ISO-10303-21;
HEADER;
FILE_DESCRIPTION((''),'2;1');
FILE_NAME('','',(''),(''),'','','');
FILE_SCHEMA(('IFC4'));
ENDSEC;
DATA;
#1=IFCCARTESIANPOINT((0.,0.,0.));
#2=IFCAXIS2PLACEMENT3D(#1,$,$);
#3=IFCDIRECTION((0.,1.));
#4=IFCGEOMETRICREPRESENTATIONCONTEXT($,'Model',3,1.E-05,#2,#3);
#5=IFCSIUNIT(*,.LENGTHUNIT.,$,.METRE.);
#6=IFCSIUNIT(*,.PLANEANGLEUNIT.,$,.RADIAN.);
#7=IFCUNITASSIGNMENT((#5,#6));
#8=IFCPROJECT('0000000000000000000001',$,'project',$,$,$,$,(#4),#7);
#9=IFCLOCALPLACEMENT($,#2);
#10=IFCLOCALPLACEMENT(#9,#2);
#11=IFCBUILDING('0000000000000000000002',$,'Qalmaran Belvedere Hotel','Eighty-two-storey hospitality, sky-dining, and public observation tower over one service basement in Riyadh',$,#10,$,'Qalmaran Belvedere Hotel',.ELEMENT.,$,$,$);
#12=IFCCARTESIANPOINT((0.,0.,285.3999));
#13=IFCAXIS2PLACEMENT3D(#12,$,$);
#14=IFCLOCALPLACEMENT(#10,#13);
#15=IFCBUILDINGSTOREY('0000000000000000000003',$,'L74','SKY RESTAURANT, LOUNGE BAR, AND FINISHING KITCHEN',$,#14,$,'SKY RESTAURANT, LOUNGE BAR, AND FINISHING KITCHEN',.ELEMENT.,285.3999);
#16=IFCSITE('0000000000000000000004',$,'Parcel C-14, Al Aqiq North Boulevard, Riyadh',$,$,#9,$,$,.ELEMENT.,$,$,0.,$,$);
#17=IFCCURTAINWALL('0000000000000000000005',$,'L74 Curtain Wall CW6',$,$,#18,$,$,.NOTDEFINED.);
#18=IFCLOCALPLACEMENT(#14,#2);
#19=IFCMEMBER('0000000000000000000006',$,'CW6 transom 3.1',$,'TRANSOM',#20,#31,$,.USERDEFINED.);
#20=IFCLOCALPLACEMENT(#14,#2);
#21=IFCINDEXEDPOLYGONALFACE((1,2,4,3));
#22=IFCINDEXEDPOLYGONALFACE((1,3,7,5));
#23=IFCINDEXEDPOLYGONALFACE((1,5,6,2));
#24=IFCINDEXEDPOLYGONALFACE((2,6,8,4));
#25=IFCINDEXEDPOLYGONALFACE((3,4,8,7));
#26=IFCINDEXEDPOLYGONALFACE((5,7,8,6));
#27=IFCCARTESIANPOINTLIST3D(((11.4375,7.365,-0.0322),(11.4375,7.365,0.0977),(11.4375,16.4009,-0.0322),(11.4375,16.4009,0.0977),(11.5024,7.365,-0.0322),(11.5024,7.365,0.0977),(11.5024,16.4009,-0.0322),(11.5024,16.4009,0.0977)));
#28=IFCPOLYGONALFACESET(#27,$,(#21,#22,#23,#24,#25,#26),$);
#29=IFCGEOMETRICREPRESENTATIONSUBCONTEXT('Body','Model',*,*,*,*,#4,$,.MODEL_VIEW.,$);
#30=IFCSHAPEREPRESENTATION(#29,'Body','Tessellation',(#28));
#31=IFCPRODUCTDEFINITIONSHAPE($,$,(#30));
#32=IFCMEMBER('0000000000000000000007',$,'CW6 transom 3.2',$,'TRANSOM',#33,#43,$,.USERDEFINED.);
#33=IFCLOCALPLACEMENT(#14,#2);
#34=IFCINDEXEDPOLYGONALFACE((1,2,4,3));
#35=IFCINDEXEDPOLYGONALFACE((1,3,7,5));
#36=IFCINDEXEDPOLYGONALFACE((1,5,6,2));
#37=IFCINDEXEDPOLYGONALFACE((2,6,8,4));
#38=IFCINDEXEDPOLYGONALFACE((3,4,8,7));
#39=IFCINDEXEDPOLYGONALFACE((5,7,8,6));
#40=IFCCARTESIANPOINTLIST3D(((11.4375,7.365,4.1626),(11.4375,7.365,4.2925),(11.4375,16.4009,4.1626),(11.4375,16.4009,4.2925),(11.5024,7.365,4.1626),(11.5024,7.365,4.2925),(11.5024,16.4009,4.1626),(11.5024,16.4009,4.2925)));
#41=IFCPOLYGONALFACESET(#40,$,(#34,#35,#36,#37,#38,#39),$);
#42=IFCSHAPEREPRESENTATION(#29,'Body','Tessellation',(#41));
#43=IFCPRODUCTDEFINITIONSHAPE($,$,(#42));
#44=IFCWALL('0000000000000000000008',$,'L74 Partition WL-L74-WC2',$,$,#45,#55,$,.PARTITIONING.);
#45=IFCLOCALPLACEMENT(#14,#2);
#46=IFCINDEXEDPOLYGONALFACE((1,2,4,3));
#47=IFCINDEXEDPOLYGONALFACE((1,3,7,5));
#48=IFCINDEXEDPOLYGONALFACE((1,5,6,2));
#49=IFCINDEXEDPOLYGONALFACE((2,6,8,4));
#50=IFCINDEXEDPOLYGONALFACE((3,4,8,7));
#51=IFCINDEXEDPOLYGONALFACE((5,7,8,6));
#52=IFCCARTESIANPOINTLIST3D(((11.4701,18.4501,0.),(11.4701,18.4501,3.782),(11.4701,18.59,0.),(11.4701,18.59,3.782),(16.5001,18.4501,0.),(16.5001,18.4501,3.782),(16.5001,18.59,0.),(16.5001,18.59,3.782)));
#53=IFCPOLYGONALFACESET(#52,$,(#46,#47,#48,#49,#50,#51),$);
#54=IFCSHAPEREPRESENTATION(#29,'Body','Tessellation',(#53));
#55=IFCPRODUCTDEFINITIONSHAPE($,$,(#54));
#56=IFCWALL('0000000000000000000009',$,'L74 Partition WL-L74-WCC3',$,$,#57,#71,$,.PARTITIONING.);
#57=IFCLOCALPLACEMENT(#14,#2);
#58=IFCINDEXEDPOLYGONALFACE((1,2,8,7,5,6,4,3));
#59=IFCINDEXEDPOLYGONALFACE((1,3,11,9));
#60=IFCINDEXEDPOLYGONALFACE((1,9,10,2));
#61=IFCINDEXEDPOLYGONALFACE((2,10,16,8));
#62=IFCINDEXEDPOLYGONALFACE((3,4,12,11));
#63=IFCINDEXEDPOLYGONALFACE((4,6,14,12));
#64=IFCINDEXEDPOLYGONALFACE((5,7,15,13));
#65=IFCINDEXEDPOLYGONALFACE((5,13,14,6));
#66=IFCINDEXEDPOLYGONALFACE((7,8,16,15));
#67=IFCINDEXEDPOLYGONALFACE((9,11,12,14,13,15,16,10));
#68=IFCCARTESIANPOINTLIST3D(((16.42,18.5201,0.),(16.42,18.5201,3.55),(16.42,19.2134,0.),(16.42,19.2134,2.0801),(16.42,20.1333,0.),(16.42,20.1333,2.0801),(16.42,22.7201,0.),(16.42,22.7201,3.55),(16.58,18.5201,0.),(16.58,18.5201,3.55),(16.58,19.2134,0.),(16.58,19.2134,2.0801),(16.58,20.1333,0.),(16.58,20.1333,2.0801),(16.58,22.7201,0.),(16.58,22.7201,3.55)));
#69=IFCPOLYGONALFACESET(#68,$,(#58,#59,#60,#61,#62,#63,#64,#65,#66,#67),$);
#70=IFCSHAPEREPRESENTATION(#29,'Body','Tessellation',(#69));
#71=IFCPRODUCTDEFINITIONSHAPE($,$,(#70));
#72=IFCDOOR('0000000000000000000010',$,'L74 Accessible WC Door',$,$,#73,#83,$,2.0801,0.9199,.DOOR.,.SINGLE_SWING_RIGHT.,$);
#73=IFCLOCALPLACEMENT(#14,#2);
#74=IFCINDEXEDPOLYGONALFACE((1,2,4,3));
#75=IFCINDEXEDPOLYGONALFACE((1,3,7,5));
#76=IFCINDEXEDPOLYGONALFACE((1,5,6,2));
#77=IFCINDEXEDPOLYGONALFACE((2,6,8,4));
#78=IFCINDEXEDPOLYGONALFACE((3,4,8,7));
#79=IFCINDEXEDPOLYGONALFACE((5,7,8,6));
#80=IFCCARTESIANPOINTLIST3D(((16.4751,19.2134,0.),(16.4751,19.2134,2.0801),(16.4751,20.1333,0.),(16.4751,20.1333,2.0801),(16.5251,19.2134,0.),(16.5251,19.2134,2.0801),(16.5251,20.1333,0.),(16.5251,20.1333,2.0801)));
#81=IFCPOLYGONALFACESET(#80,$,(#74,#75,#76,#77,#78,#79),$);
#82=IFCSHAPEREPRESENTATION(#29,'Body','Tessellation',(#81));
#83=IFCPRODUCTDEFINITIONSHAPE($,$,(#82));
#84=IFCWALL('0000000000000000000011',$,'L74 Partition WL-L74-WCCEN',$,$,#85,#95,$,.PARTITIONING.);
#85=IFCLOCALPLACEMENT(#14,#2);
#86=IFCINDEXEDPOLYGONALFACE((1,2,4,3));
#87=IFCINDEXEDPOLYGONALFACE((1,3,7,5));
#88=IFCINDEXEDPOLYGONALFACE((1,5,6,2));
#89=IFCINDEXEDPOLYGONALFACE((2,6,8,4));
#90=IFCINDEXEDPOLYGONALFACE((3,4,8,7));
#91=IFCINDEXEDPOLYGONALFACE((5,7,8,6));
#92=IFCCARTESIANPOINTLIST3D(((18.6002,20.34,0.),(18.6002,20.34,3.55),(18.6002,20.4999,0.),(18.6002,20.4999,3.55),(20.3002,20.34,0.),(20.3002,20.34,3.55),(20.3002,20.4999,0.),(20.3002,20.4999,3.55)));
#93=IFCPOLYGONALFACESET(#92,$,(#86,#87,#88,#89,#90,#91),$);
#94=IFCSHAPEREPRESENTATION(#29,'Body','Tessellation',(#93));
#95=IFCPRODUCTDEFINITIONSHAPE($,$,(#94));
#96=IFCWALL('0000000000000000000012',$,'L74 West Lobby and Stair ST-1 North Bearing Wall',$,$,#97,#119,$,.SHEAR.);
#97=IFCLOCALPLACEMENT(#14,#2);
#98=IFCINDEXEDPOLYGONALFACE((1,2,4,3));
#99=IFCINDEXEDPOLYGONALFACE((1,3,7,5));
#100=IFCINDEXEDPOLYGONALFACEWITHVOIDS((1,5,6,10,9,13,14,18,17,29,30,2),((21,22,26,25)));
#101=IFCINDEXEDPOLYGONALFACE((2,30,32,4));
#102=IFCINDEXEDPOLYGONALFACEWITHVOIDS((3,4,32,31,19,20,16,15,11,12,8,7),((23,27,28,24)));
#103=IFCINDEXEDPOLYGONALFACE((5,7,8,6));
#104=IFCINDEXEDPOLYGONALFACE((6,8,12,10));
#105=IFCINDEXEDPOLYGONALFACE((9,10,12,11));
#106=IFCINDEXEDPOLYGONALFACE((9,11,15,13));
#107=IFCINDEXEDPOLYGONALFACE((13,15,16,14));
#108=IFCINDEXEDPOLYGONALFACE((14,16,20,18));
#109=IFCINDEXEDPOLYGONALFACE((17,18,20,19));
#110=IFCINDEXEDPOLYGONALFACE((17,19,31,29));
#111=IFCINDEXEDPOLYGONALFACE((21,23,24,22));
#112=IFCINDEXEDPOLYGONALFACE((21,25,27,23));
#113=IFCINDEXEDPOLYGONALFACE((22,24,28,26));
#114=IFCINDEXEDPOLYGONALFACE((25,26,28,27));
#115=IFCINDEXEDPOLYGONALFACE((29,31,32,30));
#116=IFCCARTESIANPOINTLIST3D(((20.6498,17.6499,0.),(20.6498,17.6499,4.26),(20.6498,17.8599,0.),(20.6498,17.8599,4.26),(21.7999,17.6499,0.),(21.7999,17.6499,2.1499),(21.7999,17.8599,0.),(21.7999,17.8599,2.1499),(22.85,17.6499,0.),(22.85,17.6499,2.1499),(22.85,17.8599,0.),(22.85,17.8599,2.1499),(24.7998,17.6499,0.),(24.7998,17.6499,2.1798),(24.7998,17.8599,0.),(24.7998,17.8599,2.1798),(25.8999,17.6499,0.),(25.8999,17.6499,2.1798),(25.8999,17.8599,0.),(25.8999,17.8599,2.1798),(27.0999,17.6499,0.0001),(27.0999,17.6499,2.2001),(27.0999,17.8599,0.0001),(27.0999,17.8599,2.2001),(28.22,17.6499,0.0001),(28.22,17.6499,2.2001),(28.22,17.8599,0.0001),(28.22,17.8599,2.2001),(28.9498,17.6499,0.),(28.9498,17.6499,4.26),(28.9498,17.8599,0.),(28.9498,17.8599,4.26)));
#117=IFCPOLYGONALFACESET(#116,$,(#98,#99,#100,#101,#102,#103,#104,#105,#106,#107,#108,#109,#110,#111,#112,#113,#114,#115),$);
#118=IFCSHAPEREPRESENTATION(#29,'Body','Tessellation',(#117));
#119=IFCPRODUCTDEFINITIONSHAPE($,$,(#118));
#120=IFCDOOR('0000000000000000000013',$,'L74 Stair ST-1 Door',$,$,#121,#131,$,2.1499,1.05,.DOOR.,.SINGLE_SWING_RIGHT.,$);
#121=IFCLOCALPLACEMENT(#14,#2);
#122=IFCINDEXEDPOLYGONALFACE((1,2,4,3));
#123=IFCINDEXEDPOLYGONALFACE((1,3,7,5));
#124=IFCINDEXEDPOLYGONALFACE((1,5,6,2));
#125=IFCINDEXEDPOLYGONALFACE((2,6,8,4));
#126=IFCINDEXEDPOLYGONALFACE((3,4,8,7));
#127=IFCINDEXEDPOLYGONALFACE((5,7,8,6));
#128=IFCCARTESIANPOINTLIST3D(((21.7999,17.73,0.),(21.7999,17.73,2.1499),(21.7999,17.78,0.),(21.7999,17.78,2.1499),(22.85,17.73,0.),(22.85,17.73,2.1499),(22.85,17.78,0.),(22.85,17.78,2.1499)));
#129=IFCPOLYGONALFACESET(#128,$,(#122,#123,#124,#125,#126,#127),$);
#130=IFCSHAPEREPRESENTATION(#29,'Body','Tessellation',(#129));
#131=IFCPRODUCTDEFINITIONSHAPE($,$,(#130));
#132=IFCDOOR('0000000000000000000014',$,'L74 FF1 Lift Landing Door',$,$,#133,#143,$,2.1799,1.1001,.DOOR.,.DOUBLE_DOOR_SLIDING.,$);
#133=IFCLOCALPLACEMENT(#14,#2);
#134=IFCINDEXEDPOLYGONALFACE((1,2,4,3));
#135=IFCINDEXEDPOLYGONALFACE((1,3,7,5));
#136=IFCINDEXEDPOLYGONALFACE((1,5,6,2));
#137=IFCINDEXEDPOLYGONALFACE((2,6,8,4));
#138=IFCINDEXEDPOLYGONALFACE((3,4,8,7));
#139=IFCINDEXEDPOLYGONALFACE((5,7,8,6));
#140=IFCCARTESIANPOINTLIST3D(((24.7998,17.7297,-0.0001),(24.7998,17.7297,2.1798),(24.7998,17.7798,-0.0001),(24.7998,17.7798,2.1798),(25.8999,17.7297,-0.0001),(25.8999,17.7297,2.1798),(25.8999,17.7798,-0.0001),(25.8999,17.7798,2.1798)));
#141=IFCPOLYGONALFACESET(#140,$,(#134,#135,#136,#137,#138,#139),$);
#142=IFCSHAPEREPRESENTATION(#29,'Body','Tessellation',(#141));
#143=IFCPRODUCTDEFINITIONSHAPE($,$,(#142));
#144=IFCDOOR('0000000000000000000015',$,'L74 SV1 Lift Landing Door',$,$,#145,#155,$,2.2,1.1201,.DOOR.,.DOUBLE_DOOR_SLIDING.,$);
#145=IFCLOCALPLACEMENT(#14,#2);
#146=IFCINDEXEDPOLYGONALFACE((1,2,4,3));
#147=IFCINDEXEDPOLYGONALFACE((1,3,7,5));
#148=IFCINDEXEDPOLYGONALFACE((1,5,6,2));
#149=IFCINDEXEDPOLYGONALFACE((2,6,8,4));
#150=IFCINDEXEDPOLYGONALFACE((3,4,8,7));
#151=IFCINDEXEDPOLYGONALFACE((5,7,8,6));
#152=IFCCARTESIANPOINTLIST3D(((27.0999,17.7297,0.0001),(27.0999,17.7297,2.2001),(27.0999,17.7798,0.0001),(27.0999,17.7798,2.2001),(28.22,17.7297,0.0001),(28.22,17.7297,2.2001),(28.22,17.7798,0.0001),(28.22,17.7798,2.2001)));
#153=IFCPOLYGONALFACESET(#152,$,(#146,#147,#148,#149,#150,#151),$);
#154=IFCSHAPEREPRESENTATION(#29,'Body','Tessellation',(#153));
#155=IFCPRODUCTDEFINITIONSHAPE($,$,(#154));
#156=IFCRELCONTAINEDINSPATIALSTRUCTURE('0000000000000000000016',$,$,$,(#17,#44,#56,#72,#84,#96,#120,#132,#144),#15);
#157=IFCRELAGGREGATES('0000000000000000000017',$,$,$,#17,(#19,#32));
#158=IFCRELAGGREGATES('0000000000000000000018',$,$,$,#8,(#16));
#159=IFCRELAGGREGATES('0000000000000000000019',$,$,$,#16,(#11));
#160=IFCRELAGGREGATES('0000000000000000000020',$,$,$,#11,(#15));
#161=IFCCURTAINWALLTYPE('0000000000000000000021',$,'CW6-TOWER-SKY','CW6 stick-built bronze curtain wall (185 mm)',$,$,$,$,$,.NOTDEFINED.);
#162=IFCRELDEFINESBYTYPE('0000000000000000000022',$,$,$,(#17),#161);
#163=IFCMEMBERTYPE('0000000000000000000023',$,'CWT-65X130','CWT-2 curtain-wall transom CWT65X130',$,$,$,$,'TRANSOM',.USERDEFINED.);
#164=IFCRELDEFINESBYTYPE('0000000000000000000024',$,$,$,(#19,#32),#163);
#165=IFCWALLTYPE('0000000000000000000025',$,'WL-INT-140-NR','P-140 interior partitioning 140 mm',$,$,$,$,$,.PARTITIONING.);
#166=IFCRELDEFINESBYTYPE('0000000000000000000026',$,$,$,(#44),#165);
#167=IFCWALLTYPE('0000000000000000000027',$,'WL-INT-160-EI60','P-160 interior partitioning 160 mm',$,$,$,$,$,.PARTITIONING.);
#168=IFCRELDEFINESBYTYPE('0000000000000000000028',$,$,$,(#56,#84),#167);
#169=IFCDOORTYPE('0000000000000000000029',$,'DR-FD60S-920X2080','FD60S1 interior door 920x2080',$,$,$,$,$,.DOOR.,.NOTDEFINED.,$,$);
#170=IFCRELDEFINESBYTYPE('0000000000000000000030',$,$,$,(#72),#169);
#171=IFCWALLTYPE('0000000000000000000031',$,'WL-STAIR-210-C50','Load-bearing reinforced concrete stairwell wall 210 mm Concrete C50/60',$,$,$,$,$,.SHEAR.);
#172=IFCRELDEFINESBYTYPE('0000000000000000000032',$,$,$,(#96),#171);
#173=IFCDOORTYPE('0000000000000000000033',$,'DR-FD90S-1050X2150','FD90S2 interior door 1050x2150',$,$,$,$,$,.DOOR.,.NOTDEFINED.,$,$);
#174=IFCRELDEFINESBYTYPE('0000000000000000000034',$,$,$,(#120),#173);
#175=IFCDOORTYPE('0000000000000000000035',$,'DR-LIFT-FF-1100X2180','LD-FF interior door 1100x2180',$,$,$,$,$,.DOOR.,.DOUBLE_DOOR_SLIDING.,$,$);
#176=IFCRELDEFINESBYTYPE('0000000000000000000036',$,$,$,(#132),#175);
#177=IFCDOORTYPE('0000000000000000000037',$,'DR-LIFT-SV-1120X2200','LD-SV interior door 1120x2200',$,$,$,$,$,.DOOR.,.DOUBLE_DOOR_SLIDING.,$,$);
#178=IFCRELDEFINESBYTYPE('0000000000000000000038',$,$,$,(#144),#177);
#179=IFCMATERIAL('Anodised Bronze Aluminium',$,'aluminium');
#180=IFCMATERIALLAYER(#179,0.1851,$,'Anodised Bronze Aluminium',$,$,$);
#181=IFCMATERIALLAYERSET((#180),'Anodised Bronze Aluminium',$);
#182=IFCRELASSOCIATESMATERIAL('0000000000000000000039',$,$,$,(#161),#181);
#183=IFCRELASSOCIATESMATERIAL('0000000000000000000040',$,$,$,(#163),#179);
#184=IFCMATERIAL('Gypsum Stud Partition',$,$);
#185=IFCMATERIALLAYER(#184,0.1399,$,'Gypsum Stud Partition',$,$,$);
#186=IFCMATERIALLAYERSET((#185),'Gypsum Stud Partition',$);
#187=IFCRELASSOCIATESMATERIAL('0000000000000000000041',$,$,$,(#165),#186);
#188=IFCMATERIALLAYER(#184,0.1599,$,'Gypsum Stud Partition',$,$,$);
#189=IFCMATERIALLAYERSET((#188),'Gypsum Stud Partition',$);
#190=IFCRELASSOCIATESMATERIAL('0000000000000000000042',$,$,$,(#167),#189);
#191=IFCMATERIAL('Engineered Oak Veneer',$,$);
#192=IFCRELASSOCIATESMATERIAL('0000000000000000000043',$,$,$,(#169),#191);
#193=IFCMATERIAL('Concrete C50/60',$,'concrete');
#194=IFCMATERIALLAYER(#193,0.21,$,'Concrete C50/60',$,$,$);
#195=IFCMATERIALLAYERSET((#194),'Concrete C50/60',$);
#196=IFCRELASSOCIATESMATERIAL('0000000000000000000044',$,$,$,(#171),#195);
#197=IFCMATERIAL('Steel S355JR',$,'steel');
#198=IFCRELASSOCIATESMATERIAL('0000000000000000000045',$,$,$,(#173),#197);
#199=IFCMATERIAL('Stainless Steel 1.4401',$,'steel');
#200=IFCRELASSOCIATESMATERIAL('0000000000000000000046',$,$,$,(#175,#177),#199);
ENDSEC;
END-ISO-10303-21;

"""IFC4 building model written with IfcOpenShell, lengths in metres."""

from ifc_helpers import new_model, si_unit, direction, frame, frame_2d, origin, origin_2d, place, context, subcontext, project, spatial, rectangle, extrude, material, layer, layer_set, material_profile, profile_set, type_object, element, fill, aggregate, save


model = new_model("IFC4")

# Units and contexts
model_context = context("Model", 3, precision=1e-05, world=origin(), true_north=direction((0.0, 1.0)))
body_context = subcontext(model_context, "Body", "Model", "MODEL_VIEW")
ifc_project = project(units=[si_unit("LENGTHUNIT", "METRE"), si_unit("PLANEANGLEUNIT", "RADIAN")], contexts=[model_context])

# Site, building, storey
site_placement = place(None, origin())
site = spatial("IfcSite", under=ifc_project, at=site_placement, Name="Parcel C-14, Al Aqiq North Boulevard, Riyadh", CompositionType="ELEMENT", RefElevation=0.0)
building_placement = place(site_placement, origin())
building = spatial("IfcBuilding", under=site, at=building_placement, Name="Qalmaran Belvedere Hotel", Description="Eighty-two-storey hospitality, sky-dining, and public observation tower over one service basement in Riyadh", LongName="Qalmaran Belvedere Hotel", CompositionType="ELEMENT")
storey_placement = place(building_placement, frame((0.0, 0.0, 285.3999)))
storey = spatial("IfcBuildingStorey", under=building, at=storey_placement, Name="L74", Description="SKY RESTAURANT, LOUNGE BAR, AND FINISHING KITCHEN", LongName="SKY RESTAURANT, LOUNGE BAR, AND FINISHING KITCHEN", CompositionType="ELEMENT", Elevation=285.3999)

# Shared definitions
ifc_material_1 = material(Name="Concrete C50/60", Category="concrete")

# Shared definitions
ifc_material_2 = material(Name="Steel S355JR", Category="steel")

# Curtain wall, members
ifc_material_3 = material(Name="Anodised Bronze Aluminium", Category="aluminium")
ifc_layer_1 = layer(ifc_material_3, 0.1851, Name="Anodised Bronze Aluminium")
ifc_layer_set_1 = layer_set([ifc_layer_1], Name="Anodised Bronze Aluminium")
curtain_wall_type = type_object("IfcCurtainWallType", Name="CW6-TOWER-SKY", Description="CW6 stick-built bronze curtain wall (185 mm)", PredefinedType="NOTDEFINED", material=ifc_layer_set_1)
curtain_wall_placement = place(storey_placement, origin())
curtain_wall = element("IfcCurtainWall", 1, at=curtain_wall_placement, inside=storey, type_object=curtain_wall_type, Name="L74 Curtain Wall CW6", PredefinedType="NOTDEFINED")
ifc_material_profile_1 = material_profile(ifc_material_3, rectangle(XDim=0.0649, YDim=0.1299, at=origin_2d()), Name="CWT65X130")
ifc_profile_set_1 = profile_set([ifc_material_profile_1], Name="Anodised Bronze Aluminium")
member_type_1 = type_object("IfcMemberType", Name="CWT-65X130", Description="CWT-2 curtain-wall transom CWT65X130", ElementType="TRANSOM", PredefinedType="USERDEFINED", material=ifc_profile_set_1)
member_1_placement = place(storey_placement, frame((11.47, 16.4009, 0.0327), z_axis=(0.0, -1.0, 0.0), x_axis=(1.0, 0.0, 0.0)))
member_1 = element("IfcMember", 2, at=member_1_placement, type_object=member_type_1, Name="CW6 transom 3.1", ObjectType="TRANSOM", PredefinedType="USERDEFINED", context=body_context, shape_type="SweptSolid", body=[
    extrude(rectangle(XDim=0.0649, YDim=0.1299, at=origin_2d()), origin(), (0.0, 0.0, 1.0), 9.0359),
])
member_2_placement = place(storey_placement, frame((11.47, 16.4009, 4.2275), z_axis=(0.0, -1.0, 0.0), x_axis=(1.0, 0.0, 0.0)))
member_2 = element("IfcMember", 3, at=member_2_placement, type_object=member_type_1, Name="CW6 transom 3.2", ObjectType="TRANSOM", PredefinedType="USERDEFINED", context=body_context, shape_type="SweptSolid", body=[
    extrude(rectangle(XDim=0.0649, YDim=0.1299, at=origin_2d()), origin(), (0.0, 0.0, 1.0), 9.0359),
])
aggregate(curtain_wall, [member_1, member_2])

# Wall
ifc_material_4 = material(Name="Gypsum Stud Partition")
ifc_layer_2 = layer(ifc_material_4, 0.1399, Name="Gypsum Stud Partition")
ifc_layer_set_2 = layer_set([ifc_layer_2], Name="Gypsum Stud Partition")
wall_type_1 = type_object("IfcWallType", Name="WL-INT-140-NR", Description="P-140 interior partitioning 140 mm", PredefinedType="PARTITIONING", material=ifc_layer_set_2)
wall_1_placement = place(storey_placement, frame((11.47, 18.52, 0.0), z_axis=(0.0, 0.0, 1.0), x_axis=(1.0, 0.0, 0.0)))
element("IfcWall", 4, at=wall_1_placement, inside=storey, type_object=wall_type_1, Name="L74 Partition WL-L74-WC2", PredefinedType="PARTITIONING", context=body_context, shape_type="SweptSolid", body=[
    extrude(rectangle(XDim=5.03, YDim=0.1399, at=frame_2d((2.5151, 0.0))), origin(), (0.0, 0.0, 1.0), 3.782),
])

# Wall, opening, door
ifc_layer_3 = layer(ifc_material_4, 0.1599, Name="Gypsum Stud Partition")
ifc_layer_set_3 = layer_set([ifc_layer_3], Name="Gypsum Stud Partition")
wall_type_2 = type_object("IfcWallType", Name="WL-INT-160-EI60", Description="P-160 interior partitioning 160 mm", PredefinedType="PARTITIONING", material=ifc_layer_set_3)
wall_2_placement = place(storey_placement, frame((16.5, 18.52, 0.0), z_axis=(0.0, 0.0, 1.0), x_axis=(0.0, 1.0, 0.0)))
wall_2 = element("IfcWall", 5, at=wall_2_placement, inside=storey, type_object=wall_type_2, Name="L74 Partition WL-L74-WCC3", PredefinedType="PARTITIONING", context=body_context, shape_type="SweptSolid", body=[
    extrude(rectangle(XDim=4.2, YDim=0.1599, at=frame_2d((2.1001, 0.0))), origin(), (0.0, 0.0, 1.0), 3.55),
])
opening_1_placement = place(wall_2_placement, frame((0.6934, 0.0, 0.0)))
opening_1 = element("IfcOpeningElement", 6, at=opening_1_placement, cuts=wall_2, PredefinedType="OPENING", context=body_context, shape_type="SweptSolid", body=[
    extrude(rectangle(XDim=0.9199, YDim=2.0801, at=frame_2d((0.46, 1.04))), frame((0.0, 0.0898, 0.0), z_axis=(0.0, -1.0, 0.0), x_axis=(1.0, 0.0, 0.0)), (0.0, 0.0, 1.0), 0.1799),
])
ifc_material_5 = material(Name="Engineered Oak Veneer")
door_type_1 = type_object("IfcDoorType", Name="DR-FD60S-920X2080", Description="FD60S1 interior door 920x2080", OperationType="NOTDEFINED", PredefinedType="DOOR", material=ifc_material_5)
door_1_placement = place(opening_1_placement, origin())
door_1 = element("IfcDoor", 7, at=door_1_placement, inside=storey, type_object=door_type_1, Name="L74 Accessible WC Door", OperationType="SINGLE_SWING_RIGHT", OverallHeight=2.0801, OverallWidth=0.9199, PredefinedType="DOOR", context=body_context, shape_type="SweptSolid", body=[
    extrude(rectangle(XDim=0.9199, YDim=2.0801, at=frame_2d((0.46, 1.04))), frame((0.0, 0.0249, 0.0), z_axis=(0.0, -1.0, 0.0), x_axis=(1.0, 0.0, 0.0)), (0.0, 0.0, 1.0), 0.05),
])
fill(opening_1, door_1)

# Wall
wall_3_placement = place(storey_placement, frame((18.6001, 20.4199, 0.0), z_axis=(0.0, 0.0, 1.0), x_axis=(1.0, 0.0, 0.0)))
element("IfcWall", 8, at=wall_3_placement, inside=storey, type_object=wall_type_2, Name="L74 Partition WL-L74-WCCEN", PredefinedType="PARTITIONING", context=body_context, shape_type="SweptSolid", body=[
    extrude(rectangle(XDim=1.7, YDim=0.1599, at=frame_2d((0.8501, 0.0))), origin(), (0.0, 0.0, 1.0), 3.55),
])

# Wall, openings, doors
ifc_layer_4 = layer(ifc_material_1, 0.21, Name="Concrete C50/60")
ifc_layer_set_4 = layer_set([ifc_layer_4], Name="Concrete C50/60")
wall_type_3 = type_object("IfcWallType", Name="WL-STAIR-210-C50", Description="Load-bearing reinforced concrete stairwell wall 210 mm Concrete C50/60", PredefinedType="SHEAR", material=ifc_layer_set_4)
wall_4_placement = place(storey_placement, frame((20.6499, 17.7549, 0.0), z_axis=(0.0, 0.0, 1.0), x_axis=(1.0, 0.0, 0.0)))
wall_4 = element("IfcWall", 9, at=wall_4_placement, inside=storey, type_object=wall_type_3, Name="L74 West Lobby and Stair ST-1 North Bearing Wall", PredefinedType="SHEAR", context=body_context, shape_type="SweptSolid", body=[
    extrude(rectangle(XDim=8.3, YDim=0.21, at=frame_2d((4.1499, 0.0))), origin(), (0.0, 0.0, 1.0), 4.26),
])
opening_2_placement = place(wall_4_placement, frame((2.2, 0.0, 0.0), z_axis=(0.0, 0.0, 1.0), x_axis=(-1.0, 0.0, 0.0)))
opening_2 = element("IfcOpeningElement", 10, at=opening_2_placement, cuts=wall_4, PredefinedType="OPENING", context=body_context, shape_type="SweptSolid", body=[
    extrude(rectangle(XDim=1.05, YDim=2.1499, at=frame_2d((0.5249, 1.075))), frame((0.0, 0.115, 0.0), z_axis=(0.0, -1.0, 0.0), x_axis=(1.0, 0.0, 0.0)), (0.0, 0.0, 1.0), 0.23),
])
opening_3_placement = place(wall_4_placement, frame((4.1499, 0.0, 0.0)))
opening_3 = element("IfcOpeningElement", 11, at=opening_3_placement, cuts=wall_4, PredefinedType="OPENING", context=body_context, shape_type="SweptSolid", body=[
    extrude(rectangle(XDim=1.1001, YDim=2.1799, at=frame_2d((0.55, 1.0898))), frame((0.0, 0.115, 0.0), z_axis=(0.0, -1.0, 0.0), x_axis=(1.0, 0.0, 0.0)), (0.0, 0.0, 1.0), 0.23),
])
opening_4_placement = place(wall_4_placement, frame((6.45, 0.0, 0.0)))
opening_4 = element("IfcOpeningElement", 12, at=opening_4_placement, cuts=wall_4, PredefinedType="OPENING", context=body_context, shape_type="SweptSolid", body=[
    extrude(rectangle(XDim=1.1201, YDim=2.2, at=frame_2d((0.5601, 1.1001))), frame((0.0, 0.115, 0.0), z_axis=(0.0, -1.0, 0.0), x_axis=(1.0, 0.0, 0.0)), (0.0, 0.0, 1.0), 0.23),
])
door_type_2 = type_object("IfcDoorType", Name="DR-FD90S-1050X2150", Description="FD90S2 interior door 1050x2150", OperationType="NOTDEFINED", PredefinedType="DOOR", material=ifc_material_2)
door_2_placement = place(opening_2_placement, origin())
door_2 = element("IfcDoor", 13, at=door_2_placement, inside=storey, type_object=door_type_2, Name="L74 Stair ST-1 Door", OperationType="SINGLE_SWING_RIGHT", OverallHeight=2.1499, OverallWidth=1.05, PredefinedType="DOOR", context=body_context, shape_type="SweptSolid", body=[
    extrude(rectangle(XDim=1.05, YDim=2.1499, at=frame_2d((0.5249, 1.075))), frame((0.0, 0.0249, 0.0), z_axis=(0.0, -1.0, 0.0), x_axis=(1.0, 0.0, 0.0)), (0.0, 0.0, 1.0), 0.05),
])
fill(opening_2, door_2)
ifc_material_6 = material(Name="Stainless Steel 1.4401", Category="steel")
door_type_3 = type_object("IfcDoorType", Name="DR-LIFT-FF-1100X2180", Description="LD-FF interior door 1100x2180", OperationType="DOUBLE_DOOR_SLIDING", PredefinedType="DOOR", material=ifc_material_6)
door_3_placement = place(opening_3_placement, origin())
door_3 = element("IfcDoor", 14, at=door_3_placement, inside=storey, type_object=door_type_3, Name="L74 FF1 Lift Landing Door", OperationType="DOUBLE_DOOR_SLIDING", OverallHeight=2.1799, OverallWidth=1.1001, PredefinedType="DOOR", context=body_context, shape_type="SweptSolid", body=[
    extrude(rectangle(XDim=1.1001, YDim=2.1799, at=frame_2d((0.55, 1.0898))), frame((0.0, 0.0249, 0.0), z_axis=(0.0, -1.0, 0.0), x_axis=(1.0, 0.0, 0.0)), (0.0, 0.0, 1.0), 0.05),
])
fill(opening_3, door_3)
door_type_4 = type_object("IfcDoorType", Name="DR-LIFT-SV-1120X2200", Description="LD-SV interior door 1120x2200", OperationType="DOUBLE_DOOR_SLIDING", PredefinedType="DOOR", material=ifc_material_6)
door_4_placement = place(opening_4_placement, origin())
door_4 = element("IfcDoor", 15, at=door_4_placement, inside=storey, type_object=door_type_4, Name="L74 SV1 Lift Landing Door", OperationType="DOUBLE_DOOR_SLIDING", OverallHeight=2.2, OverallWidth=1.1201, PredefinedType="DOOR", context=body_context, shape_type="SweptSolid", body=[
    extrude(rectangle(XDim=1.1201, YDim=2.2, at=frame_2d((0.5601, 1.1001))), frame((0.0, 0.0249, 0.0), z_axis=(0.0, -1.0, 0.0), x_axis=(1.0, 0.0, 0.0)), (0.0, 0.0, 1.0), 0.05),
])
fill(opening_4, door_4)

save(model, "model.ifc")
